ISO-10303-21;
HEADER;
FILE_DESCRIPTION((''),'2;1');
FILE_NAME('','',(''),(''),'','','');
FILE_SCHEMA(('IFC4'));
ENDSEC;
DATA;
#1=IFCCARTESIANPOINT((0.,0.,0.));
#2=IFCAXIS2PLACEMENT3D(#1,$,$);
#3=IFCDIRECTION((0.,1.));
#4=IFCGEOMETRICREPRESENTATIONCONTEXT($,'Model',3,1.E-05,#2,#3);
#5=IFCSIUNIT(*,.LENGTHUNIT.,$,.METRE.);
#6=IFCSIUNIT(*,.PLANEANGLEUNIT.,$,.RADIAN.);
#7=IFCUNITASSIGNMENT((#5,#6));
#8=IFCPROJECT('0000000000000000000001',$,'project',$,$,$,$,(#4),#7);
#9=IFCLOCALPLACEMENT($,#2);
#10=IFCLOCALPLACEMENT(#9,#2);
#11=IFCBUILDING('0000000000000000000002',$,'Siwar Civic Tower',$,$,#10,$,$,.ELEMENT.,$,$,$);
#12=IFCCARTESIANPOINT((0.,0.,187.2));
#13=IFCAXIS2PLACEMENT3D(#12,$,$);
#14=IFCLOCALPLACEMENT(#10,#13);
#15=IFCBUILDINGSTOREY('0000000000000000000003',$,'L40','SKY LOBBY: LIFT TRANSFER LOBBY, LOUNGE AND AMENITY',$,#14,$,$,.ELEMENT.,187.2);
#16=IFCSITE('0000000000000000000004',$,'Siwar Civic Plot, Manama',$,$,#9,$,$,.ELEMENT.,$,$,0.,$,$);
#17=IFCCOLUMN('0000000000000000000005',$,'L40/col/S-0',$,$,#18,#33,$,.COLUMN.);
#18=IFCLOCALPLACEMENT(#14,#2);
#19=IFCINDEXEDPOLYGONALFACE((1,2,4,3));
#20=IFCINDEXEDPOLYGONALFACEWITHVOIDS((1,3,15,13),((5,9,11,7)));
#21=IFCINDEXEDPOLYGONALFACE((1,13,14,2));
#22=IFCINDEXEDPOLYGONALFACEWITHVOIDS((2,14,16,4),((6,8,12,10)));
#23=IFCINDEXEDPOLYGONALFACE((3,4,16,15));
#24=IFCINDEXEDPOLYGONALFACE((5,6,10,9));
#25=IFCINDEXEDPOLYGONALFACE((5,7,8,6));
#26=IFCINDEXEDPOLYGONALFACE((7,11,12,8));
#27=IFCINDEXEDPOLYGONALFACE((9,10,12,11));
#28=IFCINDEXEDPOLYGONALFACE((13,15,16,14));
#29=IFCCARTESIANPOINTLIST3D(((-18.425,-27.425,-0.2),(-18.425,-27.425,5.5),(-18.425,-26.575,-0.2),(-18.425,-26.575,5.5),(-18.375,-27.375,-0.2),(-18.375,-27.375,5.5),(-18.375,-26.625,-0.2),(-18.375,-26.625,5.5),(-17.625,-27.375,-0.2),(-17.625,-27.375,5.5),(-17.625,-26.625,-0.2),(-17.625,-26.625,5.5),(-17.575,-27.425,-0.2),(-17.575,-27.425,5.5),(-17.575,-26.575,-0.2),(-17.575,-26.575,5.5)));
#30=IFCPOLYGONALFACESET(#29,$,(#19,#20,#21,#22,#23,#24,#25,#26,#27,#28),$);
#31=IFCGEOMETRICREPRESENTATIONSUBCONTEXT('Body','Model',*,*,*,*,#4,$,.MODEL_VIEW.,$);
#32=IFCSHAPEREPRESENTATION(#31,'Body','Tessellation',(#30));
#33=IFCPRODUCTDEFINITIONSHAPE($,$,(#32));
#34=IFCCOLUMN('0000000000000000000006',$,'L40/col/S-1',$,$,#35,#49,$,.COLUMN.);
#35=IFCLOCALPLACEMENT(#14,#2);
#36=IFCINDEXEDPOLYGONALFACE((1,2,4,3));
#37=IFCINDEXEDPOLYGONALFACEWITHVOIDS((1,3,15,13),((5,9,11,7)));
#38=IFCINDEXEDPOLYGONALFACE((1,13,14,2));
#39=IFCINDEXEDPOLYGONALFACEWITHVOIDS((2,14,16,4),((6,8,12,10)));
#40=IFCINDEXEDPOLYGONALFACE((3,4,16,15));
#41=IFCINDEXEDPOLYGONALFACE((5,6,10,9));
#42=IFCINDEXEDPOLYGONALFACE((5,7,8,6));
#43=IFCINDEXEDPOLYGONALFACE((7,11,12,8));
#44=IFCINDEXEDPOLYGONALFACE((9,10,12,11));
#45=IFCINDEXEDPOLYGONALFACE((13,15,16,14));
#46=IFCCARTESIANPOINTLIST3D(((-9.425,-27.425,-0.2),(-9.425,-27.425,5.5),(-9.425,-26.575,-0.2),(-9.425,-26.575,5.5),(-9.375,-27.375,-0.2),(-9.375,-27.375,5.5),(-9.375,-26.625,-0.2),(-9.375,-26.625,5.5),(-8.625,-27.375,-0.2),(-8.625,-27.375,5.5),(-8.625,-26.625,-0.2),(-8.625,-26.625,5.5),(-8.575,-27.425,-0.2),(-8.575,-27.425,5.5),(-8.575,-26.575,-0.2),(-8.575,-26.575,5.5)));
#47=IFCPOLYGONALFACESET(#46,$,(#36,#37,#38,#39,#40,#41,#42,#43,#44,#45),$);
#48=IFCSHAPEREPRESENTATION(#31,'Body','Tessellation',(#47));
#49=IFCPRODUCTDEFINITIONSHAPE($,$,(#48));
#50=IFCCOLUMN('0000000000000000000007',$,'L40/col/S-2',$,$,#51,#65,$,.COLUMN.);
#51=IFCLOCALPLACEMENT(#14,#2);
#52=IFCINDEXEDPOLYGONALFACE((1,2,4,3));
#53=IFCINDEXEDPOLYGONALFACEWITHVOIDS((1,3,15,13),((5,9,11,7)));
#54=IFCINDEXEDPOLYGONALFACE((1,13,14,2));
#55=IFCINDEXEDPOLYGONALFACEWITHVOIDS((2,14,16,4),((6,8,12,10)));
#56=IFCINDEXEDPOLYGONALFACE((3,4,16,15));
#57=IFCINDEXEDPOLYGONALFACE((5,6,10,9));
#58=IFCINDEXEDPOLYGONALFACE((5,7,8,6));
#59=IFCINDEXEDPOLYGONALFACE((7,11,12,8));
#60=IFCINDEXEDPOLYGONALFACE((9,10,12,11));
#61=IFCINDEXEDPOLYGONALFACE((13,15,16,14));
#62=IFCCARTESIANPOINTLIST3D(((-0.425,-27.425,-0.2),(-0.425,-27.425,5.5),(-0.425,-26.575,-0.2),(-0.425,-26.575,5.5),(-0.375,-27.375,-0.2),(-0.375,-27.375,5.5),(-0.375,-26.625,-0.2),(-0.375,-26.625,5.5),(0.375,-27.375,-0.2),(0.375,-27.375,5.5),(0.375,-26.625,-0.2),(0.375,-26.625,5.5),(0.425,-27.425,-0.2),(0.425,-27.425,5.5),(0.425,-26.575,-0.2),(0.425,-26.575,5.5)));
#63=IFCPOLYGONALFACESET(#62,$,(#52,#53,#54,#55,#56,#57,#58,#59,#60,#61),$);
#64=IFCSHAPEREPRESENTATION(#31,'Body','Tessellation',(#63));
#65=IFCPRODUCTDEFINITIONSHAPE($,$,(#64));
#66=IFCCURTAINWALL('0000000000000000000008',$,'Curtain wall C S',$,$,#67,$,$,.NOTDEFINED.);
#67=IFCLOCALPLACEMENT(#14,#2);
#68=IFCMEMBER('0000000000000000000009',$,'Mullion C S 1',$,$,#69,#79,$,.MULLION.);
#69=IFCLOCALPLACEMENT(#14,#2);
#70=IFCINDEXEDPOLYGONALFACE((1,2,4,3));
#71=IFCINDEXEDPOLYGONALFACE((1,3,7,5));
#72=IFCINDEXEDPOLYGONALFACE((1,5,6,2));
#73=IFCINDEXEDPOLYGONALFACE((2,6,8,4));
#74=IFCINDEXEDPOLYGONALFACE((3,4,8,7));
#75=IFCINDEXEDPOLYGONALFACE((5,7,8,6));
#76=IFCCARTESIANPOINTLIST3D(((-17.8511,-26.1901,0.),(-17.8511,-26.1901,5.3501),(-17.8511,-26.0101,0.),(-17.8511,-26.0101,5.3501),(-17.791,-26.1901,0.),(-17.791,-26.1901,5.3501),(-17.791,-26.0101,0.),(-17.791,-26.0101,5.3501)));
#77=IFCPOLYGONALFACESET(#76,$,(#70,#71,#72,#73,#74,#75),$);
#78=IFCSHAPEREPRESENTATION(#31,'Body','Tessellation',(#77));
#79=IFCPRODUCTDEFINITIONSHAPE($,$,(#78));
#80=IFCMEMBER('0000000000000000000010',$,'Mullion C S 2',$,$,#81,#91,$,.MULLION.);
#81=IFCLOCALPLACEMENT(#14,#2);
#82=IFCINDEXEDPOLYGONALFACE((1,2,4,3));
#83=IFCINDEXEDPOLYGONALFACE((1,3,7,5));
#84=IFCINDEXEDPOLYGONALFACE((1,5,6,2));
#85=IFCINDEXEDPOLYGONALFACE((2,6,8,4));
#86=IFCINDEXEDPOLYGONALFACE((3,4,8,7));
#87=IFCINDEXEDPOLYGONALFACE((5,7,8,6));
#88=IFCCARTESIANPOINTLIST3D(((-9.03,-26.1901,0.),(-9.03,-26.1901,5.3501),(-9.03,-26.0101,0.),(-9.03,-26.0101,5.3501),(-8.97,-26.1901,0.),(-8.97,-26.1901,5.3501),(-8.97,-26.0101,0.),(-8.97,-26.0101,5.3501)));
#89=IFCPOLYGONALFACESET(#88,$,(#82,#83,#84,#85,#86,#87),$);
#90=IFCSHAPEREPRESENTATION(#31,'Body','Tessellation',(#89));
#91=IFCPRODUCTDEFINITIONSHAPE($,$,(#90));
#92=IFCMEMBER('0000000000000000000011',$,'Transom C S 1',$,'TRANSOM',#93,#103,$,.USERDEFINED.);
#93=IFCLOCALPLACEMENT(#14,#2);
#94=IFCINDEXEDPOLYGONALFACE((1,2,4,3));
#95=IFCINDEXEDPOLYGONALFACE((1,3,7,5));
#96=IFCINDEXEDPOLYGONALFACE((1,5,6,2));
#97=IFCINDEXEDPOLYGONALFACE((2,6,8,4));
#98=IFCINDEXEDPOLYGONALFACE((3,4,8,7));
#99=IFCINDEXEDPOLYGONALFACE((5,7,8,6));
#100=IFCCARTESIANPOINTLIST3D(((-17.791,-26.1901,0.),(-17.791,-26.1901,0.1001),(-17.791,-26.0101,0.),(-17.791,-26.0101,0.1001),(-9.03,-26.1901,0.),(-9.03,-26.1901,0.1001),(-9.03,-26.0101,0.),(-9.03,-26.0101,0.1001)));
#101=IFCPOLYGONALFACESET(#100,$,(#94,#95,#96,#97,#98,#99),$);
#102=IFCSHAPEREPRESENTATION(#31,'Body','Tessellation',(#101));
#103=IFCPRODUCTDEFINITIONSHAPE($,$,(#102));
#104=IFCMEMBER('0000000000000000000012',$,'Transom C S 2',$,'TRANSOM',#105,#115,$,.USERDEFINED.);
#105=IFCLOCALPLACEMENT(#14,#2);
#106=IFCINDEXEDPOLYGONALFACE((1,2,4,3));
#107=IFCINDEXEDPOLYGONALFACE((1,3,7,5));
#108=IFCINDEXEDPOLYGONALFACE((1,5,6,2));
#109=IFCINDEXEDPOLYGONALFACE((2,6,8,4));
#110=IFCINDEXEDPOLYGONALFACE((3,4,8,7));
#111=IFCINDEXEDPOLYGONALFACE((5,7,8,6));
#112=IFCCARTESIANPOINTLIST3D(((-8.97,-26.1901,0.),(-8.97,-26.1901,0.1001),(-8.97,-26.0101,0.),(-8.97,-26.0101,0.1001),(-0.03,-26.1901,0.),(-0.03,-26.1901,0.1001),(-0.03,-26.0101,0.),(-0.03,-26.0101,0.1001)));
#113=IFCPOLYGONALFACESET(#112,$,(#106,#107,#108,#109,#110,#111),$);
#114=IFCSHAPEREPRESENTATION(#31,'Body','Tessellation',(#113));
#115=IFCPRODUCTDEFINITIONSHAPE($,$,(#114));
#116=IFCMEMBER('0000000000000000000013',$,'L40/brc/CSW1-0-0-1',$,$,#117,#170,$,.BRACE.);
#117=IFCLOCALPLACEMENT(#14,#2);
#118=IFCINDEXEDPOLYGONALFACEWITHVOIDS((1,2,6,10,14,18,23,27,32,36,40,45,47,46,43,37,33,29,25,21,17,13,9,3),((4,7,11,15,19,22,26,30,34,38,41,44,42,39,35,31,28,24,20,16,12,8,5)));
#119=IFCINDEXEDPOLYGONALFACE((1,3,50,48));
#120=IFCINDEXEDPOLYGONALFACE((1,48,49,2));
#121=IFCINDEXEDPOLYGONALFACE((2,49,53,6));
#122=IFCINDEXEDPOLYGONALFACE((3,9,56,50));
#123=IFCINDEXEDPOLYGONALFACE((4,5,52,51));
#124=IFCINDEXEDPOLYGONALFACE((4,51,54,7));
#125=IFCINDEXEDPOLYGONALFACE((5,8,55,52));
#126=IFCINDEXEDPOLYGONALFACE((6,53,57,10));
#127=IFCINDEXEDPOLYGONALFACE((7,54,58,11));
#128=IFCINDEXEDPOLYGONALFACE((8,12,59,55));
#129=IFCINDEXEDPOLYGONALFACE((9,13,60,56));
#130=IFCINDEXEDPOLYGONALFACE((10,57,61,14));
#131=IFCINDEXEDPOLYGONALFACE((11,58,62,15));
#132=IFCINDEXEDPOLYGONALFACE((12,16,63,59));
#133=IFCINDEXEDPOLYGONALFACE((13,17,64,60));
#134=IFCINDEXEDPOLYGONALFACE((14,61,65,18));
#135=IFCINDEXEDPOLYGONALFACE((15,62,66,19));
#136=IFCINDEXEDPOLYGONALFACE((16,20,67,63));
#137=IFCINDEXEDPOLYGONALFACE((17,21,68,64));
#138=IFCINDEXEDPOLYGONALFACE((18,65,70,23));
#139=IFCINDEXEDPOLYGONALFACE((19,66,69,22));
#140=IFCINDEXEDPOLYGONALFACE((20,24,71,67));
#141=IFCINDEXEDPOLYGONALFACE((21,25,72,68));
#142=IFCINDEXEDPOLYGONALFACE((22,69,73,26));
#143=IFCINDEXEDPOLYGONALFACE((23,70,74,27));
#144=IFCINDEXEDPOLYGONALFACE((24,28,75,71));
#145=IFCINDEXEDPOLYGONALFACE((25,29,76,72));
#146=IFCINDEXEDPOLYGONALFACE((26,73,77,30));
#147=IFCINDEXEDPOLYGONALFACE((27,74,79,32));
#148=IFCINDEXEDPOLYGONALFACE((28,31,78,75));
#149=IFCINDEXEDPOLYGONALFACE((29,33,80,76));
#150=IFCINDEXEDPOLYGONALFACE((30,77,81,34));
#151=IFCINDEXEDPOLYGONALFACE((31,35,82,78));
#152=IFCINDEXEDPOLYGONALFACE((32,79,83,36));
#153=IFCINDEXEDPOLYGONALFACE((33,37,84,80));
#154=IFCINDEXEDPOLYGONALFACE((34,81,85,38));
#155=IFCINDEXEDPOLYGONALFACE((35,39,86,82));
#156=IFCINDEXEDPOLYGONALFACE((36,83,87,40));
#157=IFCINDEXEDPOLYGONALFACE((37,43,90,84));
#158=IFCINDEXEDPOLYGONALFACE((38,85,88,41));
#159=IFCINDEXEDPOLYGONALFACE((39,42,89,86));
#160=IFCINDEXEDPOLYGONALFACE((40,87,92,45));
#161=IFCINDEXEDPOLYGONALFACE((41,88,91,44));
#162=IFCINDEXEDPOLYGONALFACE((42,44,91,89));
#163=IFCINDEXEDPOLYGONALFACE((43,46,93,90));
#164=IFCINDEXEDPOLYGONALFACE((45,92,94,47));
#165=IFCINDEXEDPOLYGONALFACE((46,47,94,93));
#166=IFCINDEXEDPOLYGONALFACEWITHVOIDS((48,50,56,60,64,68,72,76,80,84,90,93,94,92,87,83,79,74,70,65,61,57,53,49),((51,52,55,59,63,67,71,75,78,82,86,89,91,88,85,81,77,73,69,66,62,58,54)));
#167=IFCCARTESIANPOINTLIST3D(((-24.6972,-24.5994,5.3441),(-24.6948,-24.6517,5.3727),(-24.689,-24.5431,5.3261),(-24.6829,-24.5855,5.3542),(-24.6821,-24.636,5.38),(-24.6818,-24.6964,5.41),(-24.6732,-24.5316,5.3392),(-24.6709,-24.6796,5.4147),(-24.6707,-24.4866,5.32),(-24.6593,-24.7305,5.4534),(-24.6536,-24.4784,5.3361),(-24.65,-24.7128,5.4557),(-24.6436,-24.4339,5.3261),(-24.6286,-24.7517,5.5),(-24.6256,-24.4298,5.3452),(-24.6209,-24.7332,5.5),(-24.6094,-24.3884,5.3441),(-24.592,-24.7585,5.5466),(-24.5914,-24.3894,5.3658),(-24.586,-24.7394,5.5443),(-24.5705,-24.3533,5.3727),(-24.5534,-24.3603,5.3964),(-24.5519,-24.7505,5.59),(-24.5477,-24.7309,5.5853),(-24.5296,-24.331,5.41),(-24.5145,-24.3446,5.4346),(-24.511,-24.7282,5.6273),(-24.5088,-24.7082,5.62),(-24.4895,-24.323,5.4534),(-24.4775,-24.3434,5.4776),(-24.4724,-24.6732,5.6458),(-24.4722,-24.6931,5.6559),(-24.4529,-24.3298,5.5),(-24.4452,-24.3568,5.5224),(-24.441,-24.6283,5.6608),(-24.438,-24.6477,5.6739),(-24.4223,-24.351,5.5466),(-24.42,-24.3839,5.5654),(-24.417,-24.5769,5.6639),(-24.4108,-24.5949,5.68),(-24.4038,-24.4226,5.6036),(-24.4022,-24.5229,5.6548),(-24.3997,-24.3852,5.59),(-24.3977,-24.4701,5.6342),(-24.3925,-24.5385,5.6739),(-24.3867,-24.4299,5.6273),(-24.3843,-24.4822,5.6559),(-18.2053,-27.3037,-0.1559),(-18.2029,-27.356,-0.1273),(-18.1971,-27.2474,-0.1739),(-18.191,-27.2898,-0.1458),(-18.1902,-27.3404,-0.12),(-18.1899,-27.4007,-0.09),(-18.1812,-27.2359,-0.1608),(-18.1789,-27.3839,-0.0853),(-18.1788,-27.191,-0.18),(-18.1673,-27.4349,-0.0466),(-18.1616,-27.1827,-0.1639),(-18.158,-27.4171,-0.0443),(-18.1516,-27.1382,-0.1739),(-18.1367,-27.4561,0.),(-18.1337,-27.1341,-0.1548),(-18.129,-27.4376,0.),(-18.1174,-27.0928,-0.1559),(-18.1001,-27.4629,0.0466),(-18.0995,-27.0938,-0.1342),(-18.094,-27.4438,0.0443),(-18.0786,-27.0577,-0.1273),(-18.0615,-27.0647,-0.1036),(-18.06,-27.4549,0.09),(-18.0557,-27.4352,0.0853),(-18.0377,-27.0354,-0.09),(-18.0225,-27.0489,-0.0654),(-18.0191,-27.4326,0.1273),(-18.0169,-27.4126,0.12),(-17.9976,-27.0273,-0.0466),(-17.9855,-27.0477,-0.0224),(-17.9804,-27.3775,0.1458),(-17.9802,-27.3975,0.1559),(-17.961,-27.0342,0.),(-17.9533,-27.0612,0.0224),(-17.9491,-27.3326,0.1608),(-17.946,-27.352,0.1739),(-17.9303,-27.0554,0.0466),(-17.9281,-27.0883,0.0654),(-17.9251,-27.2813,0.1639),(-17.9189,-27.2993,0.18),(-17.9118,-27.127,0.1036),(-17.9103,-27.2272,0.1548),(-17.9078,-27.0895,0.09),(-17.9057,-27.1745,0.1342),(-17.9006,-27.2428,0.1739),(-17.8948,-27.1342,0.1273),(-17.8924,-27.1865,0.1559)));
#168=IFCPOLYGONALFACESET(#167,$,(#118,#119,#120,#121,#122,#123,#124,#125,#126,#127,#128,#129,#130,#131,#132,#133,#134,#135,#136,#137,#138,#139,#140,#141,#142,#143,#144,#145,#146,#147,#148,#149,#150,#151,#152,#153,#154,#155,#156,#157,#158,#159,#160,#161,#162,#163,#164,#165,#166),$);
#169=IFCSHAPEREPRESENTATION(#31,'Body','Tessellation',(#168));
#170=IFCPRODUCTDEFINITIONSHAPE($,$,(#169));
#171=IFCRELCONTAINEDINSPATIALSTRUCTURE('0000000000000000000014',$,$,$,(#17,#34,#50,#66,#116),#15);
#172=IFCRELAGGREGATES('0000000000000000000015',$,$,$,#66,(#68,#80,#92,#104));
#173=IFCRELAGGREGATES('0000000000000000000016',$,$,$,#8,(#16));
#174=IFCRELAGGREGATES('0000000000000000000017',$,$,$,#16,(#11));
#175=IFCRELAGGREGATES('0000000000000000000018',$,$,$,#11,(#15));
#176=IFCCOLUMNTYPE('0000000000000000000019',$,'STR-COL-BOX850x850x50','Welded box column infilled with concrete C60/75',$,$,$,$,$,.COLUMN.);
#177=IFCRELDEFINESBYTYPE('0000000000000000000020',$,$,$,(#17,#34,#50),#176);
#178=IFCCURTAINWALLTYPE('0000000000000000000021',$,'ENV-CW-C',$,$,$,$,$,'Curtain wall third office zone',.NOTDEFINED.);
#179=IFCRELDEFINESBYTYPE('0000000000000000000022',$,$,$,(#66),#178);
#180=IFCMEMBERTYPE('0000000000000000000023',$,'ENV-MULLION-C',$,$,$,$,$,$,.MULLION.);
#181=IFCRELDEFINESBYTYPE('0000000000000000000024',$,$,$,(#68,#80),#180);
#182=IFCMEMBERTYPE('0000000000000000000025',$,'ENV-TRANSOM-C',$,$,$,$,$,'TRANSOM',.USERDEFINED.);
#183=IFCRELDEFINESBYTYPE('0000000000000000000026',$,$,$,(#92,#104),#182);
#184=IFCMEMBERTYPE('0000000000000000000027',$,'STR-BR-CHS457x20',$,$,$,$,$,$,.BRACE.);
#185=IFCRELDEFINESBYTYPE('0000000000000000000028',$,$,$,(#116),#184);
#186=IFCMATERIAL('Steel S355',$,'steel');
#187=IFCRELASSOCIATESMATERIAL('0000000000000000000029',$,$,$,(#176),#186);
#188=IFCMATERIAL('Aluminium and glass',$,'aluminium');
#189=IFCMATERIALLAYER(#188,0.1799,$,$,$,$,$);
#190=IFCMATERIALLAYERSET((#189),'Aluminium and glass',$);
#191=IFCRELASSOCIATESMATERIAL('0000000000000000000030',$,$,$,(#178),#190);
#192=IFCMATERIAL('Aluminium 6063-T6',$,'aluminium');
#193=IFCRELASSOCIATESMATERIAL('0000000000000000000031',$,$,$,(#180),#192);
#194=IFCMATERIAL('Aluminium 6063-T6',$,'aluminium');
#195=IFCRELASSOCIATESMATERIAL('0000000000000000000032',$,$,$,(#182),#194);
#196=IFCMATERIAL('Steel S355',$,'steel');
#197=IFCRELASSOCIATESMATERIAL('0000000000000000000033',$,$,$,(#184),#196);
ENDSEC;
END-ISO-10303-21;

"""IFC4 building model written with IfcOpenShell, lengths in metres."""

from ifc_helpers import new_model, si_unit, direction, frame, origin, origin_2d, place, context, subcontext, project, spatial, rectangle, hollow_rectangle, hollow_circle, extrude, material, layer, layer_set, material_profile, profile_set, type_object, element, aggregate, save


model = new_model("IFC4")

# Units and contexts
model_context = context("Model", 3, precision=1e-05, world=origin(), true_north=direction((0.0, 1.0)))
body_context = subcontext(model_context, "Body", "Model", "MODEL_VIEW")
ifc_project = project(units=[si_unit("LENGTHUNIT", "METRE"), si_unit("PLANEANGLEUNIT", "RADIAN")], contexts=[model_context])

# Site, building, storey
site_placement = place(None, origin())
site = spatial("IfcSite", under=ifc_project, at=site_placement, Name="Siwar Civic Plot, Manama", CompositionType="ELEMENT", RefElevation=0.0)
building_placement = place(site_placement, origin())
building = spatial("IfcBuilding", under=site, at=building_placement, Name="Siwar Civic Tower", CompositionType="ELEMENT")
storey_placement = place(building_placement, frame((0.0, 0.0, 187.2)))
storey = spatial("IfcBuildingStorey", under=building, at=storey_placement, Name="L40", Description="SKY LOBBY: LIFT TRANSFER LOBBY, LOUNGE AND AMENITY", CompositionType="ELEMENT", Elevation=187.2)

# Columns
ifc_material_1 = material(Name="Steel S355", Category="steel")
ifc_material_profile_1 = material_profile(ifc_material_1, hollow_rectangle(XDim=0.8501, YDim=0.8501, WallThickness=0.05, at=origin_2d()), Name="BOX850x850x50")
ifc_profile_set_1 = profile_set([ifc_material_profile_1], Name="Steel S355")
column_type = type_object("IfcColumnType", Name="STR-COL-BOX850x850x50", Description="Welded box column infilled with concrete C60/75", PredefinedType="COLUMN", material=ifc_profile_set_1)
for number, where, z_axis, x_axis, name in (
    (1, (-18.0, -27.0, -0.2), (0.0, 0.0, 1.0), (1.0, 0.0, 0.0), "L40/col/S-0"),
    (2, (-9.0, -27.0, -0.2), (0.0, 0.0, 1.0), (1.0, 0.0, 0.0), "L40/col/S-1"),
    (3, (0.0, -27.0, -0.2), (0.0, 0.0, 1.0), (1.0, 0.0, 0.0), "L40/col/S-2"),
):
    element("IfcColumn", number, at=place(storey_placement, frame(where, z_axis=z_axis, x_axis=x_axis)), inside=storey, type_object=column_type, Name=name, PredefinedType="COLUMN", context=body_context, shape_type="SweptSolid", body=[
        extrude(hollow_rectangle(XDim=0.8501, YDim=0.8501, WallThickness=0.05, at=origin_2d()), origin(), (0.0, 0.0, 1.0), 5.7),
    ])

# Curtain wall, members
ifc_material_2 = material(Name="Aluminium and glass", Category="aluminium")
ifc_layer_1 = layer(ifc_material_2, 0.1799)
ifc_layer_set_1 = layer_set([ifc_layer_1], Name="Aluminium and glass")
curtain_wall_type = type_object("IfcCurtainWallType", Name="ENV-CW-C", ElementType="Curtain wall third office zone", PredefinedType="NOTDEFINED", material=ifc_layer_set_1)
curtain_wall_placement = place(storey_placement, origin())
curtain_wall = element("IfcCurtainWall", 4, at=curtain_wall_placement, inside=storey, type_object=curtain_wall_type, Name="Curtain wall C S", PredefinedType="NOTDEFINED")
ifc_material_3 = material(Name="Aluminium 6063-T6", Category="aluminium")
ifc_material_profile_2 = material_profile(ifc_material_3, rectangle(XDim=0.1799, YDim=0.0601, at=origin_2d()), Name="AL 180x60")
ifc_profile_set_2 = profile_set([ifc_material_profile_2], Name="Aluminium 6063-T6")
member_type_1 = type_object("IfcMemberType", Name="ENV-MULLION-C", PredefinedType="MULLION", material=ifc_profile_set_2)
member_1_placement = place(storey_placement, frame((-17.821, -26.1001, 0.0), z_axis=(0.0, 0.0, 1.0), x_axis=(0.0, 1.0, 0.0)))
member_1 = element("IfcMember", 5, at=member_1_placement, type_object=member_type_1, Name="Mullion C S 1", PredefinedType="MULLION", context=body_context, shape_type="SweptSolid", body=[
    extrude(rectangle(XDim=0.1799, YDim=0.0601, at=origin_2d()), origin(), (0.0, 0.0, 1.0), 5.3501),
])
member_2_placement = place(storey_placement, frame((-9.0, -26.1001, 0.0), z_axis=(0.0, 0.0, 1.0), x_axis=(0.0, 1.0, 0.0)))
member_2 = element("IfcMember", 6, at=member_2_placement, type_object=member_type_1, Name="Mullion C S 2", PredefinedType="MULLION", context=body_context, shape_type="SweptSolid", body=[
    extrude(rectangle(XDim=0.1799, YDim=0.0601, at=origin_2d()), origin(), (0.0, 0.0, 1.0), 5.3501),
])
ifc_material_4 = material(Name="Aluminium 6063-T6", Category="aluminium")
ifc_material_profile_3 = material_profile(ifc_material_4, rectangle(XDim=0.1799, YDim=0.1001, at=origin_2d()), Name="AL 180x100")
ifc_profile_set_3 = profile_set([ifc_material_profile_3], Name="Aluminium 6063-T6")
member_type_2 = type_object("IfcMemberType", Name="ENV-TRANSOM-C", ElementType="TRANSOM", PredefinedType="USERDEFINED", material=ifc_profile_set_3)
member_3_placement = place(storey_placement, frame((-17.791, -26.1001, 0.05), z_axis=(1.0, 0.0, 0.0), x_axis=(0.0, 1.0, 0.0)))
member_3 = element("IfcMember", 7, at=member_3_placement, type_object=member_type_2, Name="Transom C S 1", ObjectType="TRANSOM", PredefinedType="USERDEFINED", context=body_context, shape_type="SweptSolid", body=[
    extrude(rectangle(XDim=0.1799, YDim=0.1001, at=origin_2d()), origin(), (0.0, 0.0, 1.0), 8.761),
])
member_4_placement = place(storey_placement, frame((-8.97, -26.1001, 0.05), z_axis=(1.0, 0.0, 0.0), x_axis=(0.0, 1.0, 0.0)))
member_4 = element("IfcMember", 8, at=member_4_placement, type_object=member_type_2, Name="Transom C S 2", ObjectType="TRANSOM", PredefinedType="USERDEFINED", context=body_context, shape_type="SweptSolid", body=[
    extrude(rectangle(XDim=0.1799, YDim=0.1001, at=origin_2d()), origin(), (0.0, 0.0, 1.0), 8.9399),
])

# Member
ifc_material_5 = material(Name="Steel S355", Category="steel")
ifc_material_profile_4 = material_profile(ifc_material_5, hollow_circle(Radius=0.2285, WallThickness=0.02, at=origin_2d()), Name="CHS457x20")
ifc_profile_set_4 = profile_set([ifc_material_profile_4], Name="Steel S355")
member_type_3 = type_object("IfcMemberType", Name="STR-BR-CHS457x20", PredefinedType="BRACE", material=ifc_profile_set_4)
member_5_placement = place(storey_placement, frame((-18.0488, -27.2451, 0.0), z_axis=(-0.727146, 0.302907, 0.616041), x_axis=(-0.384539, -0.923109, 0.0)))
element("IfcMember", 9, at=member_5_placement, inside=storey, type_object=member_type_3, Name="L40/brc/CSW1-0-0-1", PredefinedType="BRACE", context=body_context, shape_type="SweptSolid", body=[
    extrude(hollow_circle(Radius=0.2285, WallThickness=0.02, at=origin_2d()), origin(), (0.0, 0.0, 1.0), 8.928),
])

aggregate(curtain_wall, [member_1, member_2, member_3, member_4])

save(model, "model.ifc")
